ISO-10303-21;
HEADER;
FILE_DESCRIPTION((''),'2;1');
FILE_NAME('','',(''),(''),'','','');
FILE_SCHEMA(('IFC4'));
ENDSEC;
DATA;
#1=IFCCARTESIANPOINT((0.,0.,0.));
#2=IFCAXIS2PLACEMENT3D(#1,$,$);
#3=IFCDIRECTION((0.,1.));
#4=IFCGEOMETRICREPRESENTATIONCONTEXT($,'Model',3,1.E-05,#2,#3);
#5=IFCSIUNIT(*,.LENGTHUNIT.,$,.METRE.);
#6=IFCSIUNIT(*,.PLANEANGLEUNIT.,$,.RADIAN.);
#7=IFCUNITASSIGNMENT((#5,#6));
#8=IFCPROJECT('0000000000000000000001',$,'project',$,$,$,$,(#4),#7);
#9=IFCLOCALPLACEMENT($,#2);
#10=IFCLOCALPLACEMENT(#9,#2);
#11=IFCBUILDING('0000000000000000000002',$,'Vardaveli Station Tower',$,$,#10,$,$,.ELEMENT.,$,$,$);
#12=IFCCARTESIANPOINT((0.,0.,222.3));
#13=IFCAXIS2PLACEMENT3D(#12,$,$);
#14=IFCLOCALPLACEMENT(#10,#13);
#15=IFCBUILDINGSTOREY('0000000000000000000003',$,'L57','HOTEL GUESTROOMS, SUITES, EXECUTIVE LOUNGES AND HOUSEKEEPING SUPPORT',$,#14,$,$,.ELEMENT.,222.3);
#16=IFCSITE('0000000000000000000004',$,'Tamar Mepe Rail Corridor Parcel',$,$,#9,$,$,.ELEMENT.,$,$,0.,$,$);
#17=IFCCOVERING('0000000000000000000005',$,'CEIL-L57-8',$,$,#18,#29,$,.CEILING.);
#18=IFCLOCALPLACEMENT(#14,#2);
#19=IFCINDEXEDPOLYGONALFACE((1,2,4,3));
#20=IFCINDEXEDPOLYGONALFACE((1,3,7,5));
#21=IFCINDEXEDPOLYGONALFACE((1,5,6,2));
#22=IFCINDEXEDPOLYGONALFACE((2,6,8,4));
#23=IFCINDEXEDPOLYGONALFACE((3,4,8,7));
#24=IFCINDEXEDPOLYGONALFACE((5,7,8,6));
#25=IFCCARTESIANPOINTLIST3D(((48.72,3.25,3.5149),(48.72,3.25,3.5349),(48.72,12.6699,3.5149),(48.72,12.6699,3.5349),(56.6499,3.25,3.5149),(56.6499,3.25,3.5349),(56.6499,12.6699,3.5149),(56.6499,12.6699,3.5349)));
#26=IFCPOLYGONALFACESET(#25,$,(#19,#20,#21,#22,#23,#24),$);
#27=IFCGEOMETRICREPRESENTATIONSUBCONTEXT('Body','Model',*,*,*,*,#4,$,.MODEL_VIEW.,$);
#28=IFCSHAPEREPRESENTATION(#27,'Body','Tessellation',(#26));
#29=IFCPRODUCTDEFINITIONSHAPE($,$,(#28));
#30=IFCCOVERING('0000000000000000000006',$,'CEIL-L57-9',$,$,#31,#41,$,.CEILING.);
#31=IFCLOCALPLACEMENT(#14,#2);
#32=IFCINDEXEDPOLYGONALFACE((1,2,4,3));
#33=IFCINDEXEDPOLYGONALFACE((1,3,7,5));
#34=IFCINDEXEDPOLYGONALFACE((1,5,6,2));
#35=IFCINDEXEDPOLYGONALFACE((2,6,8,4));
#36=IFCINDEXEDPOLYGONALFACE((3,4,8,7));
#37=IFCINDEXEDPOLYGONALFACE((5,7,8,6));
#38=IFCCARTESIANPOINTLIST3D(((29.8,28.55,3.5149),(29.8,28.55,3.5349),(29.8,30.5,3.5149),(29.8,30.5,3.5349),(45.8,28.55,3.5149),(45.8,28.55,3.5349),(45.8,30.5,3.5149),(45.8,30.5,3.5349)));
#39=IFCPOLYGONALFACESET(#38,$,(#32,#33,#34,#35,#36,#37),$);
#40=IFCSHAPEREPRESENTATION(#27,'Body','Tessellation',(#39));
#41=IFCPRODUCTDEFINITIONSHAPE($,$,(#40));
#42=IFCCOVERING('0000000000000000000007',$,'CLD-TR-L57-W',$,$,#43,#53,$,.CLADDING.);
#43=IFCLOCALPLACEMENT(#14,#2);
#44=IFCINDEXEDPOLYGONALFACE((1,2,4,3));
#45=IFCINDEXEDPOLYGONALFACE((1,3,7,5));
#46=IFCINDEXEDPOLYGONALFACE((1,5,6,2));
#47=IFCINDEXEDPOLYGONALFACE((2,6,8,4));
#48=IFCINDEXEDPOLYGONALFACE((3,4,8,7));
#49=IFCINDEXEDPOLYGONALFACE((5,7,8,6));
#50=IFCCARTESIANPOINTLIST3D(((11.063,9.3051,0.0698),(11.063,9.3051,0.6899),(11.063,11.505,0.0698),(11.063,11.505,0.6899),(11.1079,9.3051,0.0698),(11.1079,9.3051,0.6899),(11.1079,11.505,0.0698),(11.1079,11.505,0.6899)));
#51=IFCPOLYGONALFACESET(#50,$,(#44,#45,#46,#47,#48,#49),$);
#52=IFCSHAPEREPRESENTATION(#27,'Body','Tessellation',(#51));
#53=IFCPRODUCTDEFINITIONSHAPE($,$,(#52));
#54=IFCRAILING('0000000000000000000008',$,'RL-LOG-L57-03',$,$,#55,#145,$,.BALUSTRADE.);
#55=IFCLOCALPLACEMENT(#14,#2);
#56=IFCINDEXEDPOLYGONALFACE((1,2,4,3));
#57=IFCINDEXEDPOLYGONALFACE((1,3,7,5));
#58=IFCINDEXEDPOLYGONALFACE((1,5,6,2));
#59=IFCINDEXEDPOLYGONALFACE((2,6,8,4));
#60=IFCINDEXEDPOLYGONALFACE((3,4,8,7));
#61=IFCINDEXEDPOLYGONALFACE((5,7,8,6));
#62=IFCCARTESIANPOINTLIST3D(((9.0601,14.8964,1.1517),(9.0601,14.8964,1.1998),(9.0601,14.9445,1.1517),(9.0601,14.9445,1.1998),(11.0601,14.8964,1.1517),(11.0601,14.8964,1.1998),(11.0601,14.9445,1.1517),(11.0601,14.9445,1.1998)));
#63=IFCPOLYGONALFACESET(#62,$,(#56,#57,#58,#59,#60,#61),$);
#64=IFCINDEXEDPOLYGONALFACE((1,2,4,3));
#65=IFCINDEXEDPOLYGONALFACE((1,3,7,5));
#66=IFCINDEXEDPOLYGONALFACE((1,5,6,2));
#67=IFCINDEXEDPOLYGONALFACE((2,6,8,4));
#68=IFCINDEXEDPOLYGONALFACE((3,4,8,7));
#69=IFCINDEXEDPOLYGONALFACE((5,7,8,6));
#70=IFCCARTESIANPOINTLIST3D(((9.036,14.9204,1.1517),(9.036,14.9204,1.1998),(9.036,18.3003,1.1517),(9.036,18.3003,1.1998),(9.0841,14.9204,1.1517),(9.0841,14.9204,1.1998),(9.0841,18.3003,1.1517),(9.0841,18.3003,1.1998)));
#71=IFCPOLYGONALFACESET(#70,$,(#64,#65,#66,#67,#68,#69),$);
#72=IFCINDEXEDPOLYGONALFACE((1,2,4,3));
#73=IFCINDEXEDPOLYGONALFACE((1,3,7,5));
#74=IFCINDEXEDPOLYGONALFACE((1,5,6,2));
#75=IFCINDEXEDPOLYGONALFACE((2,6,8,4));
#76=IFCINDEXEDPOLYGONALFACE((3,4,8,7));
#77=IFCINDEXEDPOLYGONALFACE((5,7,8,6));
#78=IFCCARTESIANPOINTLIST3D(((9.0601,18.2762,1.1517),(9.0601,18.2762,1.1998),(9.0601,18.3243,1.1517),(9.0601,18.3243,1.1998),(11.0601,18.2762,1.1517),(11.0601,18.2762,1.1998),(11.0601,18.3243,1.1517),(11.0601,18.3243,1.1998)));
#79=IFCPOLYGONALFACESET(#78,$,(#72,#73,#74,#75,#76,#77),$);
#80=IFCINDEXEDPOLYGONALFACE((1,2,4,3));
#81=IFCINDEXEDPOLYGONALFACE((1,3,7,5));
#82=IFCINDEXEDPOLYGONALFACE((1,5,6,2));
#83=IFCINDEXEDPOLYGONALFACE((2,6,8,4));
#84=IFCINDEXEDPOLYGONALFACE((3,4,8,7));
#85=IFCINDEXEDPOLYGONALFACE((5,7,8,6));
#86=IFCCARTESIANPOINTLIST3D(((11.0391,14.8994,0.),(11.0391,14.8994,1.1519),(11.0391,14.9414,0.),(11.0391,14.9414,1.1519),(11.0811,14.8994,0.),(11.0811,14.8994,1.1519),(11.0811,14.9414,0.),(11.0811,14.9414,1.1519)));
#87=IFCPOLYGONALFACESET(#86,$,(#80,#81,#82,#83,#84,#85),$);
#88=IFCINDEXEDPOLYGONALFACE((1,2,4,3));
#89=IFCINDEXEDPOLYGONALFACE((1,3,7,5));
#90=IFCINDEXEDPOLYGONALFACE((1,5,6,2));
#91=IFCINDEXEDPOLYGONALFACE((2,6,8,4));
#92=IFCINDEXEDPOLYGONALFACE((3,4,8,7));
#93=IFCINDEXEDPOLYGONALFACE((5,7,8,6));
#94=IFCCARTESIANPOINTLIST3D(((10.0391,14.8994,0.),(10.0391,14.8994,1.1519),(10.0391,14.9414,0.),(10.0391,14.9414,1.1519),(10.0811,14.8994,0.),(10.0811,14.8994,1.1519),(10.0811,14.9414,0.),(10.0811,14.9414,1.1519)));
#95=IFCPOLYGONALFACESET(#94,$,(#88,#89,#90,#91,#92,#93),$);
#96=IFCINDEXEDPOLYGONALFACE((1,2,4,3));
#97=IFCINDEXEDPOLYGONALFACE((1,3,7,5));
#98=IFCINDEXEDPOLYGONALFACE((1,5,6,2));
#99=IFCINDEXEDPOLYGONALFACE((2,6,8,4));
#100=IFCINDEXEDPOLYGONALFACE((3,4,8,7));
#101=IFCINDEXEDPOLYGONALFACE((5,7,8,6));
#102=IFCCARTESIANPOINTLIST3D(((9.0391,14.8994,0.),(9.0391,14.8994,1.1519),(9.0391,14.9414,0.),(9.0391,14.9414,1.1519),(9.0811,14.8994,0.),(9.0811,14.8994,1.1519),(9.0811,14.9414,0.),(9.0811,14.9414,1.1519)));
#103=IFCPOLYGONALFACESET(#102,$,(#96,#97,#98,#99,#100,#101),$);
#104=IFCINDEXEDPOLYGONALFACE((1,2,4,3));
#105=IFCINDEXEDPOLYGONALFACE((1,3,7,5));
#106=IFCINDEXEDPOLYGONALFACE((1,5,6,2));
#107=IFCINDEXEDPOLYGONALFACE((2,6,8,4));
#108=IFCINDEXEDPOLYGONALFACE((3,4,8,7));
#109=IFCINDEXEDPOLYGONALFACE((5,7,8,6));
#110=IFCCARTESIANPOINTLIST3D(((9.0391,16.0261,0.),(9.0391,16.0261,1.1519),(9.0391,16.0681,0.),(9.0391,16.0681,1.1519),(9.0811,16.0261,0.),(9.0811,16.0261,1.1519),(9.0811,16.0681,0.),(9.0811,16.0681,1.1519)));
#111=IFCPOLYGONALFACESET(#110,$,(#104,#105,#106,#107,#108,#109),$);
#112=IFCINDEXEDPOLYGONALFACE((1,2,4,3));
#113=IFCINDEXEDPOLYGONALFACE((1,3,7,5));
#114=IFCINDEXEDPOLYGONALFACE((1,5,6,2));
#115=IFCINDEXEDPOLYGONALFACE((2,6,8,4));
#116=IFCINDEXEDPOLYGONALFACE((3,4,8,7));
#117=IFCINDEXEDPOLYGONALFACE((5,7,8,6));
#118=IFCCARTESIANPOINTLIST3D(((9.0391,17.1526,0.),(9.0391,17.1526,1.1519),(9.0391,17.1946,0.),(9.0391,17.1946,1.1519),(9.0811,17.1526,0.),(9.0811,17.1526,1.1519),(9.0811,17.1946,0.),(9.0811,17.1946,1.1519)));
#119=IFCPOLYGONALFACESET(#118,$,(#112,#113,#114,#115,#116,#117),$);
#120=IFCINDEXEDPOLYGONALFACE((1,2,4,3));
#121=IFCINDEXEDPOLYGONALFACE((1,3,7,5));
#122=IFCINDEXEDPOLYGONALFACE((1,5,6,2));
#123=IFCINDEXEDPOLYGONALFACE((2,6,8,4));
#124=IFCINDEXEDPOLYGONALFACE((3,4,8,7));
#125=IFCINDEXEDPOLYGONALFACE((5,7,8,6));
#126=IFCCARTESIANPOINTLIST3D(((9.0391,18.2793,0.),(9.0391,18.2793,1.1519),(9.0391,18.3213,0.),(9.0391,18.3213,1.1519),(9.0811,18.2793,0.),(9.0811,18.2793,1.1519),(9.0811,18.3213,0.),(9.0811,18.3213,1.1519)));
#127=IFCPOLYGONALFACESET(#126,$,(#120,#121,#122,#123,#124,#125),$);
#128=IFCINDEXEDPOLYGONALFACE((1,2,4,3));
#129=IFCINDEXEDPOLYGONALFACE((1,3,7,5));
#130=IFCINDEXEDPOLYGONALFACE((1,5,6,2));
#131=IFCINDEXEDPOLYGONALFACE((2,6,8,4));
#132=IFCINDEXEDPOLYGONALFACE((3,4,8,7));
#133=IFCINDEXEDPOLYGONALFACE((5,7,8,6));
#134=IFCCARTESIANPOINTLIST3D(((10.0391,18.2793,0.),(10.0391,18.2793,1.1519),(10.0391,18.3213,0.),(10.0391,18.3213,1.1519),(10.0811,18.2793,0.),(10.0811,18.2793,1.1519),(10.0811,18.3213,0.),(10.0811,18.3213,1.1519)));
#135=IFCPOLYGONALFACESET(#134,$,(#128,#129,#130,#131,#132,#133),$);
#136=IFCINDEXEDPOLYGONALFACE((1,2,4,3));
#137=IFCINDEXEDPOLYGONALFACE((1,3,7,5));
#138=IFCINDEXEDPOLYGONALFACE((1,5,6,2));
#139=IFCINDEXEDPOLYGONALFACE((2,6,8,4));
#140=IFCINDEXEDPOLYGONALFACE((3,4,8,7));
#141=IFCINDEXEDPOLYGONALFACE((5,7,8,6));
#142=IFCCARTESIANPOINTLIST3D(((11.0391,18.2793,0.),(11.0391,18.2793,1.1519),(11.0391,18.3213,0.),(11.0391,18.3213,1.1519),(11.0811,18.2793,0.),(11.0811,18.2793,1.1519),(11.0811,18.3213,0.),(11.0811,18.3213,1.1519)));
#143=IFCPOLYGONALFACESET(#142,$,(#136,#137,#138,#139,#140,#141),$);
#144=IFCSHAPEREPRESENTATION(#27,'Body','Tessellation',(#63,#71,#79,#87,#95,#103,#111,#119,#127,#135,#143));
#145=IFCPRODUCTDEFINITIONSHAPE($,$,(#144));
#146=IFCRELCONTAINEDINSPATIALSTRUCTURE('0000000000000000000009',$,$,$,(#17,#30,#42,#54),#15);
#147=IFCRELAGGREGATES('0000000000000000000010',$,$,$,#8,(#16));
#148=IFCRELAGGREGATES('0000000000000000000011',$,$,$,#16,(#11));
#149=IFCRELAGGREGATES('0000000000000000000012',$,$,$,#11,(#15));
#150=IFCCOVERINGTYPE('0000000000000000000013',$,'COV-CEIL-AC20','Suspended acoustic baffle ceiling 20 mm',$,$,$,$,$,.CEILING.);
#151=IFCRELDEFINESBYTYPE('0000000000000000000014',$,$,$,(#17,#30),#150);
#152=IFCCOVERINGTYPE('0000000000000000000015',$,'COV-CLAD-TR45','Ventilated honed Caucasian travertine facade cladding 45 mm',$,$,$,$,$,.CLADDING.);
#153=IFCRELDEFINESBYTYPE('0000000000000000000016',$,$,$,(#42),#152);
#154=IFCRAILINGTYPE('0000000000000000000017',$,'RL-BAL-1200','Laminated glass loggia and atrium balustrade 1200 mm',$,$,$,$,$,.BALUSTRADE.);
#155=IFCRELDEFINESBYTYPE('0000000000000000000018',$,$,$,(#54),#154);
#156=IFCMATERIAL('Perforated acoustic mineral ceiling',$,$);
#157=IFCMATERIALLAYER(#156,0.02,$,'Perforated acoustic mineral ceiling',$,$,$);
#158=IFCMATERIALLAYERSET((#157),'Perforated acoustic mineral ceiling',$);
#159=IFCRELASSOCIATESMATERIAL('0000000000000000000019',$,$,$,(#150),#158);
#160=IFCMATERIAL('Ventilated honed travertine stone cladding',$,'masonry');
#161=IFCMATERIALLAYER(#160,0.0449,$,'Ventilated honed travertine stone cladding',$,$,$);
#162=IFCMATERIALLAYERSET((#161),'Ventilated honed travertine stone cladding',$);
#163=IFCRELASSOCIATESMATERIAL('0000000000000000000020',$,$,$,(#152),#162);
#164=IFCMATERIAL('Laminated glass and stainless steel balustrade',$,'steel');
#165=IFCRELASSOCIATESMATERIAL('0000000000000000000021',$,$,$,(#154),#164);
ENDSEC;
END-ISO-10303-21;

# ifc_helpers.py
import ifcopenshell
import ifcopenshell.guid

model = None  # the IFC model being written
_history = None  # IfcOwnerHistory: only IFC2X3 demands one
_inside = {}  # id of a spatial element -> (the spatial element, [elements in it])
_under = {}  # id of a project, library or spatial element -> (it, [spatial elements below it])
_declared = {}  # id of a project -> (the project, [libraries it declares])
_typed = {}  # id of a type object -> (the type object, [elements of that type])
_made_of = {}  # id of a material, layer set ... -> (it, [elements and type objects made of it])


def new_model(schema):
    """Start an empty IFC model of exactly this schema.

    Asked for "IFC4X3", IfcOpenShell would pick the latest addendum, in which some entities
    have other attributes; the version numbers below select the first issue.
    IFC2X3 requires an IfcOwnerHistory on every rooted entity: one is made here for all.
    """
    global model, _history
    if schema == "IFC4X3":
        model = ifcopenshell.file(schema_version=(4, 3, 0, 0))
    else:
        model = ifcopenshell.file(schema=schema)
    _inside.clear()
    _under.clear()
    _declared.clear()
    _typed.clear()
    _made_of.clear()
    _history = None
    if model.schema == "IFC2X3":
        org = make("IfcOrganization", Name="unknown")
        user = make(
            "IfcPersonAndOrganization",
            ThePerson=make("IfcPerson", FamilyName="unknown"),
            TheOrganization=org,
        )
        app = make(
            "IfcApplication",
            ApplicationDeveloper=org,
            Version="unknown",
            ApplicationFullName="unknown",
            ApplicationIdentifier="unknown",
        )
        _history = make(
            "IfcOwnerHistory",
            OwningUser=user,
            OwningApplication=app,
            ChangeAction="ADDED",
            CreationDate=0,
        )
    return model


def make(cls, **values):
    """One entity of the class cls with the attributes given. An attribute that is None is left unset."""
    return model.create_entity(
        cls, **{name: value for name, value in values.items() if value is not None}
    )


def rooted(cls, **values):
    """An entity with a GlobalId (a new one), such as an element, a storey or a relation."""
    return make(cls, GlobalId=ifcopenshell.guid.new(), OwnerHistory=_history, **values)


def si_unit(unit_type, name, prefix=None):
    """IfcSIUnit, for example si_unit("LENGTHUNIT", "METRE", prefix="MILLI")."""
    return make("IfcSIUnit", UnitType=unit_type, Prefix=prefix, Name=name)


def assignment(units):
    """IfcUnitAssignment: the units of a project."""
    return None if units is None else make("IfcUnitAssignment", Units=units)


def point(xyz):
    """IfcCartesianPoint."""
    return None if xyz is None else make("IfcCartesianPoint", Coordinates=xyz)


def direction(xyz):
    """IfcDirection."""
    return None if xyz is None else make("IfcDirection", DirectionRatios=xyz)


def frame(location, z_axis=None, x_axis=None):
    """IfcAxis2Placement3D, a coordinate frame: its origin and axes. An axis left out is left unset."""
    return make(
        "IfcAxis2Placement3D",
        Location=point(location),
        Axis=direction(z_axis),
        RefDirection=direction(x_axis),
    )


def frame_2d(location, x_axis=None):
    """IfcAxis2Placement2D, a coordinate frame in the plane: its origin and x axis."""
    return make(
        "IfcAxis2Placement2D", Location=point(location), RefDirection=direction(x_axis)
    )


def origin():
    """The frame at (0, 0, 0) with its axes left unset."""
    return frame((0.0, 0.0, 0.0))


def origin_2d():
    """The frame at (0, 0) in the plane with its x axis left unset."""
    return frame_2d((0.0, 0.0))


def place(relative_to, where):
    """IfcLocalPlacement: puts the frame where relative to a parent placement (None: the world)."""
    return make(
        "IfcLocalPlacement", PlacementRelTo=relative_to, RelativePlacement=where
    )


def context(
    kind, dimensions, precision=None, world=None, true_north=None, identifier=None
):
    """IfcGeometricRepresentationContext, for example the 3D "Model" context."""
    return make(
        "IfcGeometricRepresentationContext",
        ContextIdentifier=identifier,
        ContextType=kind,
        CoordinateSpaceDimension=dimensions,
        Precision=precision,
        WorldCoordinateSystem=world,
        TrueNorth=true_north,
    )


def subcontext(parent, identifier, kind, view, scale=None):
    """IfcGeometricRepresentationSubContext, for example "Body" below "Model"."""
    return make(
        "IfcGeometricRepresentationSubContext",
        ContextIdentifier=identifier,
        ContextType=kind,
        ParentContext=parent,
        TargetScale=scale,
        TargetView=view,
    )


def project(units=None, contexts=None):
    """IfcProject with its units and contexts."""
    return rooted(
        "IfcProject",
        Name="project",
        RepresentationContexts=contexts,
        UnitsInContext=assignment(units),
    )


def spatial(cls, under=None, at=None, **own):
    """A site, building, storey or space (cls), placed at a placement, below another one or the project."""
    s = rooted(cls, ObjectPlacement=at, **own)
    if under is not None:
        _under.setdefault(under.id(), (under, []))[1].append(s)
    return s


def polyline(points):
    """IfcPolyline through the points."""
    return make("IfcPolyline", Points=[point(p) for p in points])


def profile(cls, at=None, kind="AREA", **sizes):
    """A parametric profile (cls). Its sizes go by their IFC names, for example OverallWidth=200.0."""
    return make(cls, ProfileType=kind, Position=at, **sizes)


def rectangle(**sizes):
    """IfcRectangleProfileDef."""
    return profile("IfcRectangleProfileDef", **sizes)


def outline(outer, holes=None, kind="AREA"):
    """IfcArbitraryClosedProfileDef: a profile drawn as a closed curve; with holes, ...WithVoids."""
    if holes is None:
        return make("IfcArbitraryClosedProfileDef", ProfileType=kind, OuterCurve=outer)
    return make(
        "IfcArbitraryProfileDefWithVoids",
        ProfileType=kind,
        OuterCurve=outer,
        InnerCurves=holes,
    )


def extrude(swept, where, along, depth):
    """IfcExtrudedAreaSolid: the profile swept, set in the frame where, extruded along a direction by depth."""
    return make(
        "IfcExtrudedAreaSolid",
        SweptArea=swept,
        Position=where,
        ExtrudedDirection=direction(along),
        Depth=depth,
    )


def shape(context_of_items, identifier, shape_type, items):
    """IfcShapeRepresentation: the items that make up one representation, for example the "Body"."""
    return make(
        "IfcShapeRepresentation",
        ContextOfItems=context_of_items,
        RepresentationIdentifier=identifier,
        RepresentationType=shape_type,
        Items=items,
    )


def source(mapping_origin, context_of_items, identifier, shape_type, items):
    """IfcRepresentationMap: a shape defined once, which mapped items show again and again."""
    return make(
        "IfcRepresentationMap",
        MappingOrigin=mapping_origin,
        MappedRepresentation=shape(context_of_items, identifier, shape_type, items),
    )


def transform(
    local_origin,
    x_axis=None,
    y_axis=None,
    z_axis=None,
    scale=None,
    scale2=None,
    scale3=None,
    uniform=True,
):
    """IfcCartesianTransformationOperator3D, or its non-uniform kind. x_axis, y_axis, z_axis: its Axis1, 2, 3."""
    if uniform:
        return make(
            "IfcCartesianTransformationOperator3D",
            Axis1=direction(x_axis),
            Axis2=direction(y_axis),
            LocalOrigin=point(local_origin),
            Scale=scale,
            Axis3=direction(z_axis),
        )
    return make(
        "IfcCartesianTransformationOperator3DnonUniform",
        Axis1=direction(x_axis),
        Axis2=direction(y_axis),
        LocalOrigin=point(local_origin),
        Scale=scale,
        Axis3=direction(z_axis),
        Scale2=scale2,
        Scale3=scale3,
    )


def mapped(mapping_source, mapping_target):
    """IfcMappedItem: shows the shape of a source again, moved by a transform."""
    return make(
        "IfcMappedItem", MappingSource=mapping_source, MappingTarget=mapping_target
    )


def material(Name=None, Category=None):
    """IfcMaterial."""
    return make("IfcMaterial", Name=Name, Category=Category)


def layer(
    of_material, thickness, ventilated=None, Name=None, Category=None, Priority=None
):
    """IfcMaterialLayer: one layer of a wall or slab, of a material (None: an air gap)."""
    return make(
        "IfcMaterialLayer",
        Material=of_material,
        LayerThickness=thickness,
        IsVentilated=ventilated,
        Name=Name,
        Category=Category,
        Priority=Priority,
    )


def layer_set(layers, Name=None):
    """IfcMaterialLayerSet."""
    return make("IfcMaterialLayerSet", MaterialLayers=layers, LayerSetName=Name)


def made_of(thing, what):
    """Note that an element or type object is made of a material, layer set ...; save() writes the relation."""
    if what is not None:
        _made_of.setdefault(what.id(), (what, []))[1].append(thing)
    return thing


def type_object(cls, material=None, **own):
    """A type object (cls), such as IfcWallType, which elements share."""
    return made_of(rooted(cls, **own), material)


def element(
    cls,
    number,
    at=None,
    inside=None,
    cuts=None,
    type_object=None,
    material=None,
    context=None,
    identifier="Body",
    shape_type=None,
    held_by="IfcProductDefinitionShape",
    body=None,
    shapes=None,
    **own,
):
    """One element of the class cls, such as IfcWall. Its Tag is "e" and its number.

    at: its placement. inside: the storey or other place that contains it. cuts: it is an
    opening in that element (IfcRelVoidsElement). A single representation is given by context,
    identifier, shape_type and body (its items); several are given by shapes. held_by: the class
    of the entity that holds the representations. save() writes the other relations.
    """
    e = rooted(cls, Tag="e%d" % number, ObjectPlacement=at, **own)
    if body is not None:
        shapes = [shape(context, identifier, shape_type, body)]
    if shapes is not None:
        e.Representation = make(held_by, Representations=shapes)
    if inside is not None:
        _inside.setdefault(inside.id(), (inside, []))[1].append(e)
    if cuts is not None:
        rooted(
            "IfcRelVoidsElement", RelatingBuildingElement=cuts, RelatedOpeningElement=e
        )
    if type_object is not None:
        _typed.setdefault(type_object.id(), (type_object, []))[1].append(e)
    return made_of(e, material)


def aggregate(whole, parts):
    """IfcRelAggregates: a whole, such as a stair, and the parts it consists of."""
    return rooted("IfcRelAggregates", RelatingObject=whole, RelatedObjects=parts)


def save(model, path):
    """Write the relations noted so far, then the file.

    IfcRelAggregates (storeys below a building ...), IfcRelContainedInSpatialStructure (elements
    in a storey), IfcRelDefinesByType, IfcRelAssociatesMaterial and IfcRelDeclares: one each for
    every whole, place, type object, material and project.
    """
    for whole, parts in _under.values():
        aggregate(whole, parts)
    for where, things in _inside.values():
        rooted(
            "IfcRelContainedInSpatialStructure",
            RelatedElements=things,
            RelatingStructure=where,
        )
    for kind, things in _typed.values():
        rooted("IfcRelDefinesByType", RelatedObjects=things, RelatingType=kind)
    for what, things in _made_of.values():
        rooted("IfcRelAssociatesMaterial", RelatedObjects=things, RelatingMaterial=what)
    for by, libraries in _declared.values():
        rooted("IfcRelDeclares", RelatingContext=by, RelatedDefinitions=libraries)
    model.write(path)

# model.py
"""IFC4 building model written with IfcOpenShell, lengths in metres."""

from ifc_helpers import new_model, si_unit, direction, frame, origin, origin_2d, place, context, subcontext, project, spatial, polyline, rectangle, outline, extrude, source, transform, mapped, material, layer, layer_set, type_object, element, save


model = new_model("IFC4")

# Units and contexts
model_context = context("Model", 3, precision=1e-05, world=origin(), true_north=direction((0.0, 1.0)))
body_context = subcontext(model_context, "Body", "Model", "MODEL_VIEW")
ifc_project = project(units=[si_unit("LENGTHUNIT", "METRE"), si_unit("PLANEANGLEUNIT", "RADIAN")], contexts=[model_context])

# Site, building, storey
site_placement = place(None, origin())
site = spatial("IfcSite", under=ifc_project, at=site_placement, Name="Tamar Mepe Rail Corridor Parcel", CompositionType="ELEMENT", RefElevation=0.0)
building_placement = place(site_placement, origin())
building = spatial("IfcBuilding", under=site, at=building_placement, Name="Vardaveli Station Tower", CompositionType="ELEMENT")
storey_placement = place(building_placement, frame((0.0, 0.0, 222.3)))
storey = spatial("IfcBuildingStorey", under=building, at=storey_placement, Name="L57", Description="HOTEL GUESTROOMS, SUITES, EXECUTIVE LOUNGES AND HOUSEKEEPING SUPPORT", CompositionType="ELEMENT", Elevation=222.3)

# Coverings
ifc_material_1 = material(Name="Perforated acoustic mineral ceiling")
ifc_layer_1 = layer(ifc_material_1, 0.02, Name="Perforated acoustic mineral ceiling")
ifc_layer_set_1 = layer_set([ifc_layer_1], Name="Perforated acoustic mineral ceiling")
covering_type_1 = type_object("IfcCoveringType", Name="COV-CEIL-AC20", Description="Suspended acoustic baffle ceiling 20 mm", PredefinedType="CEILING", material=ifc_layer_set_1)
covering_1_placement = place(storey_placement, frame((0.0, 0.0, 3.5149)))
element("IfcCovering", 1, at=covering_1_placement, inside=storey, type_object=covering_type_1, Name="CEIL-L57-8", PredefinedType="CEILING", context=body_context, shape_type="SweptSolid", body=[
    extrude(outline(polyline([(48.72, 3.25), (56.6499, 3.25), (56.6499, 12.6699), (48.72, 12.6699), (48.72, 3.25)])), origin(), (0.0, 0.0, 1.0), 0.02),
])
covering_2_placement = place(storey_placement, frame((0.0, 0.0, 3.5149)))
element("IfcCovering", 2, at=covering_2_placement, inside=storey, type_object=covering_type_1, Name="CEIL-L57-9", PredefinedType="CEILING", context=body_context, shape_type="SweptSolid", body=[
    extrude(outline(polyline([(29.8, 28.55), (45.8, 28.55), (45.8, 30.5), (29.8, 30.5), (29.8, 28.55)])), origin(), (0.0, 0.0, 1.0), 0.02),
])
ifc_material_2 = material(Name="Ventilated honed travertine stone cladding", Category="masonry")
ifc_layer_2 = layer(ifc_material_2, 0.0449, Name="Ventilated honed travertine stone cladding")
ifc_layer_set_2 = layer_set([ifc_layer_2], Name="Ventilated honed travertine stone cladding")
covering_type_2 = type_object("IfcCoveringType", Name="COV-CLAD-TR45", Description="Ventilated honed Caucasian travertine facade cladding 45 mm", PredefinedType="CLADDING", material=ifc_layer_set_2)
shared_shape_1 = source(origin(), body_context, "Body", "SweptSolid", [
    extrude(rectangle(XDim=2.2, YDim=0.0449, at=origin_2d()), origin(), (0.0, 0.0, 1.0), 0.6201),
])
covering_3_placement = place(storey_placement, frame((11.0854, 10.405, 0.0698), z_axis=(0.0, 0.0, 1.0), x_axis=(0.0, 1.0, 0.0)))
element("IfcCovering", 3, at=covering_3_placement, inside=storey, type_object=covering_type_2, Name="CLD-TR-L57-W", PredefinedType="CLADDING", context=body_context, shape_type="MappedRepresentation", body=[
    mapped(shared_shape_1, transform((0.0, 0.0, 0.0), scale=1.0)),
])

# Railing
ifc_material_3 = material(Name="Laminated glass and stainless steel balustrade", Category="steel")
railing_type = type_object("IfcRailingType", Name="RL-BAL-1200", Description="Laminated glass loggia and atrium balustrade 1200 mm", PredefinedType="BALUSTRADE", material=ifc_material_3)
shared_shape_2 = source(origin(), body_context, "Body", "SweptSolid", [
    extrude(rectangle(XDim=0.0481, YDim=0.0481, at=origin_2d()), frame((0.0, 0.0, 1.1758), z_axis=(-1.0, 0.0, 0.0), x_axis=(0.0, -1.0, 0.0)), (0.0, 0.0, 1.0), 2.0),
    extrude(rectangle(XDim=0.0481, YDim=0.0481, at=origin_2d()), frame((-2.0, 0.0, 1.1758), z_axis=(0.0, 1.0, 0.0), x_axis=(-1.0, 0.0, 0.0)), (0.0, 0.0, 1.0), 3.3799),
    extrude(rectangle(XDim=0.0481, YDim=0.0481, at=origin_2d()), frame((-2.0, 3.3799, 1.1758), z_axis=(1.0, 0.0, 0.0), x_axis=(0.0, 1.0, 0.0)), (0.0, 0.0, 1.0), 2.0),
    extrude(rectangle(XDim=0.042, YDim=0.042, at=origin_2d()), origin(), (0.0, 0.0, 1.0), 1.1519),
    extrude(rectangle(XDim=0.042, YDim=0.042, at=origin_2d()), frame((-1.0, 0.0, 0.0)), (0.0, 0.0, 1.0), 1.1519),
    extrude(rectangle(XDim=0.042, YDim=0.042, at=origin_2d()), frame((-2.0, 0.0, 0.0)), (0.0, 0.0, 1.0), 1.1519),
    extrude(rectangle(XDim=0.042, YDim=0.042, at=origin_2d()), frame((-2.0, 1.1267, 0.0)), (0.0, 0.0, 1.0), 1.1519),
    extrude(rectangle(XDim=0.042, YDim=0.042, at=origin_2d()), frame((-2.0, 2.2532, 0.0)), (0.0, 0.0, 1.0), 1.1519),
    extrude(rectangle(XDim=0.042, YDim=0.042, at=origin_2d()), frame((-2.0, 3.3799, 0.0)), (0.0, 0.0, 1.0), 1.1519),
    extrude(rectangle(XDim=0.042, YDim=0.042, at=origin_2d()), frame((-1.0, 3.3799, 0.0)), (0.0, 0.0, 1.0), 1.1519),
    extrude(rectangle(XDim=0.042, YDim=0.042, at=origin_2d()), frame((0.0, 3.3799, 0.0)), (0.0, 0.0, 1.0), 1.1519),
])
railing_placement = place(storey_placement, frame((11.0601, 14.9204, 0.0)))
element("IfcRailing", 4, at=railing_placement, inside=storey, type_object=railing_type, Name="RL-LOG-L57-03", PredefinedType="BALUSTRADE", context=body_context, shape_type="MappedRepresentation", body=[
    mapped(shared_shape_2, transform((0.0, 0.0, 0.0), scale=1.0)),
])

save(model, "model.ifc")
